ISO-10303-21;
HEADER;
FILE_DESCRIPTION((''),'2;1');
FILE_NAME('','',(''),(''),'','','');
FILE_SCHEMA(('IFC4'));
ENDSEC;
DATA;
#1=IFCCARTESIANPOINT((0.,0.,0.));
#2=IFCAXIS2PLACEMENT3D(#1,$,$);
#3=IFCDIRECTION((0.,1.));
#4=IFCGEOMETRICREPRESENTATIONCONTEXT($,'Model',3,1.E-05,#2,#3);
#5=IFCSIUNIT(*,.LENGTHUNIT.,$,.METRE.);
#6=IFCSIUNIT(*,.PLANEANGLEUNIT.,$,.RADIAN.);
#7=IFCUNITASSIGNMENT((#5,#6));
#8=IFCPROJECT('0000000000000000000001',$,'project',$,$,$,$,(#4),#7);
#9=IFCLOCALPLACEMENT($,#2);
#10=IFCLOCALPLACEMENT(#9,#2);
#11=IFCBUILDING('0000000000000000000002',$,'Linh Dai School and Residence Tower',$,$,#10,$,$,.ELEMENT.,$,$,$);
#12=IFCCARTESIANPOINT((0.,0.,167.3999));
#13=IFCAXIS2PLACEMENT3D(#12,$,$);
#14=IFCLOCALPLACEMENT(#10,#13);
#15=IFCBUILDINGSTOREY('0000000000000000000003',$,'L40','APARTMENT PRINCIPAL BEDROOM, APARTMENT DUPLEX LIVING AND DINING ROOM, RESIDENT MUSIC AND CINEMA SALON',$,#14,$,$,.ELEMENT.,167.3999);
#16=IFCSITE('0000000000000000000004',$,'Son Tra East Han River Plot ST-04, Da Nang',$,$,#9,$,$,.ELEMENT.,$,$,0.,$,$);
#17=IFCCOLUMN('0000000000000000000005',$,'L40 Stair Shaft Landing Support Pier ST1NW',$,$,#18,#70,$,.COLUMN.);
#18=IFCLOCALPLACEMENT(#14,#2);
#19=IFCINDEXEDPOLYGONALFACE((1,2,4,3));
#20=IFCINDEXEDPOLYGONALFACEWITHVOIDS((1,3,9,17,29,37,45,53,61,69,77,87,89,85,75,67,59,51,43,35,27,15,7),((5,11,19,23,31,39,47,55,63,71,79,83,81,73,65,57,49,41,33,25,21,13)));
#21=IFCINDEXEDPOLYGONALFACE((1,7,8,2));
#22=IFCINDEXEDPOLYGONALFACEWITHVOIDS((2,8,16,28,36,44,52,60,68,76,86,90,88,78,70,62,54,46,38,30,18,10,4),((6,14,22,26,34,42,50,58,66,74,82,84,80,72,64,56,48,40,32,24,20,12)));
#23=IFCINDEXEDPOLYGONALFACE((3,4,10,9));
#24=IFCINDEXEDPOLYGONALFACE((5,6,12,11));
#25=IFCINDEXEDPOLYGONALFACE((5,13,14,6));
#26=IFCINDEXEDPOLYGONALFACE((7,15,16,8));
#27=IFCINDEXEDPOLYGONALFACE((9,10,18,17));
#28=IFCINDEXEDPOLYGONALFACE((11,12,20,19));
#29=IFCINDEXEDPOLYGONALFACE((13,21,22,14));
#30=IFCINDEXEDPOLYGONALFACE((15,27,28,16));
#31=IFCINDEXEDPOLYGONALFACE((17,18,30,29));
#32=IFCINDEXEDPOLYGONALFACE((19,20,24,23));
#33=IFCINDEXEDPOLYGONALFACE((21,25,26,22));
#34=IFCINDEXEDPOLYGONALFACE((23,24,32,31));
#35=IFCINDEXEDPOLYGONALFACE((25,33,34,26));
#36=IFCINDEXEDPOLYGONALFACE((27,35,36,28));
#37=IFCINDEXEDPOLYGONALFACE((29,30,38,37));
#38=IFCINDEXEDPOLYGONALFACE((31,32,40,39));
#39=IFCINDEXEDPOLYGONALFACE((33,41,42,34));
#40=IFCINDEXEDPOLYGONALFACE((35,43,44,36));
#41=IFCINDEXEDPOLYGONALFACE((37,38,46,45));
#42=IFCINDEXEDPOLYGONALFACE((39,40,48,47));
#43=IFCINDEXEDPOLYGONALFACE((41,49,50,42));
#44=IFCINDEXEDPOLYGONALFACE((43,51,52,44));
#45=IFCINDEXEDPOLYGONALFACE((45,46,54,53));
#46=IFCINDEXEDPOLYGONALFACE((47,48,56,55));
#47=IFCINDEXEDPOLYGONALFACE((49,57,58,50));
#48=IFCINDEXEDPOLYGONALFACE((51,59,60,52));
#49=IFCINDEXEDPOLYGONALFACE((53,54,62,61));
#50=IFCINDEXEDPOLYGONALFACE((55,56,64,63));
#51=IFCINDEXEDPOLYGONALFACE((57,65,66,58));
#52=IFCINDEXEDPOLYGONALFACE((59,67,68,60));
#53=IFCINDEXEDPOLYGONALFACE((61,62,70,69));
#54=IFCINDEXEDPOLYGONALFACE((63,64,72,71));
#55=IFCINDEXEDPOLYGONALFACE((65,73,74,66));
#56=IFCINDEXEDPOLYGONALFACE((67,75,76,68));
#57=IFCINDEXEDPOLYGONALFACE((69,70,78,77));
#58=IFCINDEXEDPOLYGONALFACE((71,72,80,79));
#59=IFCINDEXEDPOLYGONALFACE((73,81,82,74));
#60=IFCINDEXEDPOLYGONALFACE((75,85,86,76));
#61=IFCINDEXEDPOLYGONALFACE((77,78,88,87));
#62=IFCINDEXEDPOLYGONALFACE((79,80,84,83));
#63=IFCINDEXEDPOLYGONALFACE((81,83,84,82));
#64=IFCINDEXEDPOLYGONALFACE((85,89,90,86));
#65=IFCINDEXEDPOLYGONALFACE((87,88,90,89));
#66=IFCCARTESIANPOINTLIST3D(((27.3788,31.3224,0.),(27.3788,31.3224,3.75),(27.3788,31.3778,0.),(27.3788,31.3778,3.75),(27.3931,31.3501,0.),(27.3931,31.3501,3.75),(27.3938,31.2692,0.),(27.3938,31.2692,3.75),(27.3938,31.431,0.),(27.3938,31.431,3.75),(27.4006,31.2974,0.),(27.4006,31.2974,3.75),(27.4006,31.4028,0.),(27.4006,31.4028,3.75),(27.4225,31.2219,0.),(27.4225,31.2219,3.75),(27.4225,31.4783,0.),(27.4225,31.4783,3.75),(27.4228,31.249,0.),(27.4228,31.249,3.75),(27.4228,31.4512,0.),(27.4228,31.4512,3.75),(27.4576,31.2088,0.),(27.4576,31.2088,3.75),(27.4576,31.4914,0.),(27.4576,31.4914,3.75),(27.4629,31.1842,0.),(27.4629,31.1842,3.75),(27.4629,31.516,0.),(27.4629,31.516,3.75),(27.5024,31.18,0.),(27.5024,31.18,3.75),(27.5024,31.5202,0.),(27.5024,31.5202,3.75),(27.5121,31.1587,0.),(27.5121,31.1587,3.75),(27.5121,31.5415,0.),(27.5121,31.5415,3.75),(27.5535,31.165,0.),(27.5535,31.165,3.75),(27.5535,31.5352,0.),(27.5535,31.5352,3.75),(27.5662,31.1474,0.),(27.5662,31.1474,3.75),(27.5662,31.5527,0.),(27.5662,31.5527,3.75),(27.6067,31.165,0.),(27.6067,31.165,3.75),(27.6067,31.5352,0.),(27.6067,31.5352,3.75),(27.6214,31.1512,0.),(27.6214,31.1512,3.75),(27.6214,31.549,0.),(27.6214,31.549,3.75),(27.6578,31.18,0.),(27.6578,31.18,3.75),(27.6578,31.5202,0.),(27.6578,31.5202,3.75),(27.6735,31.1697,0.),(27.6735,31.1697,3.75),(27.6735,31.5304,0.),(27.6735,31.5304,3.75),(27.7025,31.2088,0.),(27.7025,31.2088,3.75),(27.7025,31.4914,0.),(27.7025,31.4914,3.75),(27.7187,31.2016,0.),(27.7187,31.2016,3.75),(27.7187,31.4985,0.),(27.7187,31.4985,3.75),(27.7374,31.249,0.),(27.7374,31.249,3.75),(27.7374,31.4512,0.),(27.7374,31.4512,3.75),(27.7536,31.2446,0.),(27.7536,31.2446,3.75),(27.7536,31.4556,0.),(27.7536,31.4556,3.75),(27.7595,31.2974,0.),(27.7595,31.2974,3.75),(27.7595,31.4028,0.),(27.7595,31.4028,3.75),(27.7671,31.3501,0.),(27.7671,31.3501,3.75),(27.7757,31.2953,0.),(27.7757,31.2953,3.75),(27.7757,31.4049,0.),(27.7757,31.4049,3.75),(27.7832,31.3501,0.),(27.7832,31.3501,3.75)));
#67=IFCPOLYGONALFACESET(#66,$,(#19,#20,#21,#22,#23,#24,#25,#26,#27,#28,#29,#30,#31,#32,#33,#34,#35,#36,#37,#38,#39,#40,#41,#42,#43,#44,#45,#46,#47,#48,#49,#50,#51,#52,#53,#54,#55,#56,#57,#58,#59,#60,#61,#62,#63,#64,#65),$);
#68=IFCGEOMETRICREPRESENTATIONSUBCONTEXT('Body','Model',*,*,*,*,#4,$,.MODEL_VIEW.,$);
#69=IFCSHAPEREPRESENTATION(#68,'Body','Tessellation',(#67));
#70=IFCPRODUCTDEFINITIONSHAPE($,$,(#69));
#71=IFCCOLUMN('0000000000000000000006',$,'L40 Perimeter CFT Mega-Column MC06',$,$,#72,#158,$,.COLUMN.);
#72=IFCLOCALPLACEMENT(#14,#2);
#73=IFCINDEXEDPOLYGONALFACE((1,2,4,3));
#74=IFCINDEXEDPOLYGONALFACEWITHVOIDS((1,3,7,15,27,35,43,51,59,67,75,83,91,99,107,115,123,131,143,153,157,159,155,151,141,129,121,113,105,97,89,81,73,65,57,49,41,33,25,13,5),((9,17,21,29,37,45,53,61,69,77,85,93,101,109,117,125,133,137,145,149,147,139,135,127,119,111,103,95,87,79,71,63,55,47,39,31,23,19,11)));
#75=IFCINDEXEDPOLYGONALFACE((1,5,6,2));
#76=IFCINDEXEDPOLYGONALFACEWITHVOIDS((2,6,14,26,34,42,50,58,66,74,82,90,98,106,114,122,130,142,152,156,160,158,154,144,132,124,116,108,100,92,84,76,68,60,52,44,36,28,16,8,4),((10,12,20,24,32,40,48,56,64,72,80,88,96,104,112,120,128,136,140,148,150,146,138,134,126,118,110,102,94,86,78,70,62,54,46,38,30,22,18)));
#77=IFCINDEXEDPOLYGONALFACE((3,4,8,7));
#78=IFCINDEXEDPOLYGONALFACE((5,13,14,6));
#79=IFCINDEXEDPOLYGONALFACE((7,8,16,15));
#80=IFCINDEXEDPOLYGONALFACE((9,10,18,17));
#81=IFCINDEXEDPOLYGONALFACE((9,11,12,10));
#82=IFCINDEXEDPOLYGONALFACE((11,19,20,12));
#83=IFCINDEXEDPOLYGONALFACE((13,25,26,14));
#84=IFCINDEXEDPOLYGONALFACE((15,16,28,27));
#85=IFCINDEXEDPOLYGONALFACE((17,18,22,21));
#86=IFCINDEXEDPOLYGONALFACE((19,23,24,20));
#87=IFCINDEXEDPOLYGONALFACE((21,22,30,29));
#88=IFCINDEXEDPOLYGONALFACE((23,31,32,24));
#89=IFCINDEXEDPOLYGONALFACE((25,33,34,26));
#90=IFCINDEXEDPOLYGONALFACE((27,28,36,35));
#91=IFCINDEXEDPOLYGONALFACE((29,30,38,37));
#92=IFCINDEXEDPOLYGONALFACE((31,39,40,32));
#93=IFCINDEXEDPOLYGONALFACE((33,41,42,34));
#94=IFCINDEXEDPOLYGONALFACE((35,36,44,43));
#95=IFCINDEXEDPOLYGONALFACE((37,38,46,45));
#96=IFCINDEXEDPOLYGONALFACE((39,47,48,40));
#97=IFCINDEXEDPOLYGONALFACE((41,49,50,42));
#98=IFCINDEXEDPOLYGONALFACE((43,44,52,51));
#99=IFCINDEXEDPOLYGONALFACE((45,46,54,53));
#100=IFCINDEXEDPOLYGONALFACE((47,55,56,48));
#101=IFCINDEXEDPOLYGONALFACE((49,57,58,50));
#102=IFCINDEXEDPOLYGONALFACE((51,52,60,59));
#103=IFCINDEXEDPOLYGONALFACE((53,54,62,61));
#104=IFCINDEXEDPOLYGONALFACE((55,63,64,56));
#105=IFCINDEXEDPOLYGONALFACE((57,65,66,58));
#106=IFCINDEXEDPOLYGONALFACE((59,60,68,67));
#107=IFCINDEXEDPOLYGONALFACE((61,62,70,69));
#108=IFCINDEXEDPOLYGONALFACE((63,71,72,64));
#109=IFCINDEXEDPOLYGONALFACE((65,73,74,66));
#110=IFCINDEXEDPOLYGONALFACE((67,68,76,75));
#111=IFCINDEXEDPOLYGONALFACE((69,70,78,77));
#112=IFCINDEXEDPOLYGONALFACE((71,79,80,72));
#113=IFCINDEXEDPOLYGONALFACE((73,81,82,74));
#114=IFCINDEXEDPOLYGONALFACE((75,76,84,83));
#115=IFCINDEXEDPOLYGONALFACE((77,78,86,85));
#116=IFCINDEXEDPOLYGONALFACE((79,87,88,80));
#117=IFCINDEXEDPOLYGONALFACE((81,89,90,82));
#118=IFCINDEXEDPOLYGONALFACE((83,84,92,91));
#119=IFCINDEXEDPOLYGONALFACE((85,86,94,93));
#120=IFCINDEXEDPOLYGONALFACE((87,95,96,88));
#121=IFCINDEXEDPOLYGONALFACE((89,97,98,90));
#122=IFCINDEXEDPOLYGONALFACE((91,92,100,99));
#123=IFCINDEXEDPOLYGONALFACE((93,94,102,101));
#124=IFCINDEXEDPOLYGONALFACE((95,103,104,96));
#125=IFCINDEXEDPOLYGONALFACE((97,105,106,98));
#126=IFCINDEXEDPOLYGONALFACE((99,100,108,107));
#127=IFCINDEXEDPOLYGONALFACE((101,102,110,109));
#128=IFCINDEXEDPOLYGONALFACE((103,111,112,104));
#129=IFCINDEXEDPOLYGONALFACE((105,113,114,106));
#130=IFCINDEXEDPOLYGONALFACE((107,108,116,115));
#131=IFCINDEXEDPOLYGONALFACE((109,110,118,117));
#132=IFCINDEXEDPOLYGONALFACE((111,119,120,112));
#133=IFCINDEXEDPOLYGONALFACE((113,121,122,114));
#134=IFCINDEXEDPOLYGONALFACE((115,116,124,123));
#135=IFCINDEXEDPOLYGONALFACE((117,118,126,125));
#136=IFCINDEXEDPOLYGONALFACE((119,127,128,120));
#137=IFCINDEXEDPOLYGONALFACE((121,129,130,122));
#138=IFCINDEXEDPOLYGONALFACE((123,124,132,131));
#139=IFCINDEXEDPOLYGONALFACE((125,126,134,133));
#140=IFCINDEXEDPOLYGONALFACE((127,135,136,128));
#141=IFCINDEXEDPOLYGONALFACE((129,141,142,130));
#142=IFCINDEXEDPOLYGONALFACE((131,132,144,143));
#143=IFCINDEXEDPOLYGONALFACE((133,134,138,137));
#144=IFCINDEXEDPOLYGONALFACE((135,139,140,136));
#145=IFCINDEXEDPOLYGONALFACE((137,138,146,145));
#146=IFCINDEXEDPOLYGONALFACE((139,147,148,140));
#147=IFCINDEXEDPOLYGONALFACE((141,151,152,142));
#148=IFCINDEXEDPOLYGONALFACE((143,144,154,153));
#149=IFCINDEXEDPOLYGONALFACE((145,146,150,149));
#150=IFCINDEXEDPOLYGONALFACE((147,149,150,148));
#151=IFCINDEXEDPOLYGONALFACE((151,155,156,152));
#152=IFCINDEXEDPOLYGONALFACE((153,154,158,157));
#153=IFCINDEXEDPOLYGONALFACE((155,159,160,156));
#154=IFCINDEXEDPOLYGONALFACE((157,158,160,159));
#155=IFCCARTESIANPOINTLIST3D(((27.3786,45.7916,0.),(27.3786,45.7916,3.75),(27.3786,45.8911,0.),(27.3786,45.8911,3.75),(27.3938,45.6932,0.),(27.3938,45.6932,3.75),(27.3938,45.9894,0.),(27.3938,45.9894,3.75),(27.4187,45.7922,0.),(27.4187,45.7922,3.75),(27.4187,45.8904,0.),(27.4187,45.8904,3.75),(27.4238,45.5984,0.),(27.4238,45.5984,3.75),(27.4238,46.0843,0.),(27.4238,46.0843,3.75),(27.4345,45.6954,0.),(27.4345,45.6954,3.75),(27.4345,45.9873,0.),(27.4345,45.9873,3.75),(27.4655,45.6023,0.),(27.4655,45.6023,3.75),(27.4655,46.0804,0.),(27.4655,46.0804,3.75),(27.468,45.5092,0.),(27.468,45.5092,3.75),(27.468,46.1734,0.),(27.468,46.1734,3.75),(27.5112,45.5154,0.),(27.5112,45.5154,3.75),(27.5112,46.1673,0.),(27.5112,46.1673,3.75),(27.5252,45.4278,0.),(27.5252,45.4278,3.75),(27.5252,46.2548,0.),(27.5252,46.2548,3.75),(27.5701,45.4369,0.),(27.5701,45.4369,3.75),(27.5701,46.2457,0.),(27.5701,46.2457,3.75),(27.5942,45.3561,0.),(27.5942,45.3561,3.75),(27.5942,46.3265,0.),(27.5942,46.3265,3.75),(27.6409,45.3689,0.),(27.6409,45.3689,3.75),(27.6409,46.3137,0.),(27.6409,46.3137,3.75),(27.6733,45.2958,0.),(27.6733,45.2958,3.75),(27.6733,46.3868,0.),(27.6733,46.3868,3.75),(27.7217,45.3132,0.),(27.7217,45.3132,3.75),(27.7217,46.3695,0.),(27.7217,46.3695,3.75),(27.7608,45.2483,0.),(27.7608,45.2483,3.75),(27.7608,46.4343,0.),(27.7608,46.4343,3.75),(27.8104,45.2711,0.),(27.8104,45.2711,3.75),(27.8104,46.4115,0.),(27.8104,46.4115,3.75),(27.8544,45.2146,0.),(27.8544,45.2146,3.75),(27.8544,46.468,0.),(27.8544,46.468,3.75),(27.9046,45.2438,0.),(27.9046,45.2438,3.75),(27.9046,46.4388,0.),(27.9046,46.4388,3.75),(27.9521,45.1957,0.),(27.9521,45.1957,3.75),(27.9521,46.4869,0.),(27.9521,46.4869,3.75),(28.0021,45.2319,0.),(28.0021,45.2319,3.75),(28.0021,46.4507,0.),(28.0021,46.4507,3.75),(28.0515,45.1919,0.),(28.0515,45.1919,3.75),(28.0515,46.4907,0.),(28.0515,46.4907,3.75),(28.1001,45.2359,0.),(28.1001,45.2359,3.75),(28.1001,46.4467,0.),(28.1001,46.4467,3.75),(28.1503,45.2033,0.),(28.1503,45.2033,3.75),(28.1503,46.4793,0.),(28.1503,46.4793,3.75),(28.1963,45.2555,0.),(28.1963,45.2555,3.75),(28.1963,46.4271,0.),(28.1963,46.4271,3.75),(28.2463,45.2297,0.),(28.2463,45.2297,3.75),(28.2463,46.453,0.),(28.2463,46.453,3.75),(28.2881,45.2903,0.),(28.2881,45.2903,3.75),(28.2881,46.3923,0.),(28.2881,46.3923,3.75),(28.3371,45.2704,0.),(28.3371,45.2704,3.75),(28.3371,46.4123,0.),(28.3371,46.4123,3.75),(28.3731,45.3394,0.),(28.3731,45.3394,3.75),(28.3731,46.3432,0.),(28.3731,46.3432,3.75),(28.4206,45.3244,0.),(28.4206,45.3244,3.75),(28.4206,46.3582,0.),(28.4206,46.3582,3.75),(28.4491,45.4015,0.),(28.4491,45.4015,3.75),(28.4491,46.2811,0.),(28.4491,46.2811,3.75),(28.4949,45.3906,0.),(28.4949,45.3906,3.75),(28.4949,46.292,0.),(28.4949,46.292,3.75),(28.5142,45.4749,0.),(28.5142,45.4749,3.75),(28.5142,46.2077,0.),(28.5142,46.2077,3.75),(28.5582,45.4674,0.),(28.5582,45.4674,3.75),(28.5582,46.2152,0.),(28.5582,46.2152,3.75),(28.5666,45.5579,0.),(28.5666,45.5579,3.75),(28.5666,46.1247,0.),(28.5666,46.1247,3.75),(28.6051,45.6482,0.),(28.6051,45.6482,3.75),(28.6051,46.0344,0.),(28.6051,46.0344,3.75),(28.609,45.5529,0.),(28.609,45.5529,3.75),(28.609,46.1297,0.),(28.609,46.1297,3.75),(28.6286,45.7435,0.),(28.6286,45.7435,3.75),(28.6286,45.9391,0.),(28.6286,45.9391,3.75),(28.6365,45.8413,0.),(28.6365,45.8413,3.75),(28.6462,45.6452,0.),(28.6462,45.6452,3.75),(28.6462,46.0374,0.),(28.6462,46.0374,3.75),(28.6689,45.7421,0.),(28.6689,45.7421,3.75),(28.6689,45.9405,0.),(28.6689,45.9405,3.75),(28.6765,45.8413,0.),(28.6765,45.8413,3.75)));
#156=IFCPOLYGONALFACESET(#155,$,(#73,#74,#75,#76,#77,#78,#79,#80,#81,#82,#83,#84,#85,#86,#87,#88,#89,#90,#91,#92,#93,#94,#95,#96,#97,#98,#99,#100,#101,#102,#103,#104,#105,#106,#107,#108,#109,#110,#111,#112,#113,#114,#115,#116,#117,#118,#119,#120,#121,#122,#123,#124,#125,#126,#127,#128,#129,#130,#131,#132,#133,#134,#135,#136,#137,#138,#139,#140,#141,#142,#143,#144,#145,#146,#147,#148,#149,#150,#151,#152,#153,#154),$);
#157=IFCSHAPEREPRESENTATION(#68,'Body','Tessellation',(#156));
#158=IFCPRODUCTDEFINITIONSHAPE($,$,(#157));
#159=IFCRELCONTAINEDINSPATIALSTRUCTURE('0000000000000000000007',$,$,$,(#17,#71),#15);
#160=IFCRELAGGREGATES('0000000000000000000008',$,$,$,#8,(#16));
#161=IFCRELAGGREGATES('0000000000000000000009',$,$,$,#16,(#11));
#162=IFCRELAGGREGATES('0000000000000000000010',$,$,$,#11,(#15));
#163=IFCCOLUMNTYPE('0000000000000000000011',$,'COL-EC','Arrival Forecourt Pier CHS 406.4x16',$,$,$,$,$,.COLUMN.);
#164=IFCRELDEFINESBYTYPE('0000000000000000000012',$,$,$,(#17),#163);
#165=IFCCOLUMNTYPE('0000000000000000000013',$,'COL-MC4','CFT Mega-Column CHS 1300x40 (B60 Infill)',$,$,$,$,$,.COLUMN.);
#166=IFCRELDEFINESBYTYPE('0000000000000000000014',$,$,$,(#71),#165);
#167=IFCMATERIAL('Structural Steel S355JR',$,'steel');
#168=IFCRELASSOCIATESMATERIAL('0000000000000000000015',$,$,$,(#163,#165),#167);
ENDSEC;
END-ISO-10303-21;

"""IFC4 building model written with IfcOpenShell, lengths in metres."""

from ifc_helpers import new_model, si_unit, direction, frame, origin, origin_2d, place, context, subcontext, project, spatial, hollow_circle, extrude, material, material_profile, profile_set, type_object, element, save


model = new_model("IFC4")

# Units and contexts
model_context = context("Model", 3, precision=1e-05, world=origin(), true_north=direction((0.0, 1.0)))
body_context = subcontext(model_context, "Body", "Model", "MODEL_VIEW")
ifc_project = project(units=[si_unit("LENGTHUNIT", "METRE"), si_unit("PLANEANGLEUNIT", "RADIAN")], contexts=[model_context])

# Site, building, storey
site_placement = place(None, origin())
site = spatial("IfcSite", under=ifc_project, at=site_placement, Name="Son Tra East Han River Plot ST-04, Da Nang", CompositionType="ELEMENT", RefElevation=0.0)
building_placement = place(site_placement, origin())
building = spatial("IfcBuilding", under=site, at=building_placement, Name="Linh Dai School and Residence Tower", CompositionType="ELEMENT")
storey_placement = place(building_placement, frame((0.0, 0.0, 167.3999)))
storey = spatial("IfcBuildingStorey", under=building, at=storey_placement, Name="L40", Description="APARTMENT PRINCIPAL BEDROOM, APARTMENT DUPLEX LIVING AND DINING ROOM, RESIDENT MUSIC AND CINEMA SALON", CompositionType="ELEMENT", Elevation=167.3999)

# Columns
ifc_material_1 = material(Name="Structural Steel S355JR", Category="steel")
ifc_material_profile_1 = material_profile(ifc_material_1, hollow_circle(Radius=0.2031, WallThickness=0.0161, at=origin_2d()), Name="CHS 406.4x16")
ifc_profile_set_1 = profile_set([ifc_material_profile_1], Name="Structural Steel S355JR")
column_type_1 = type_object("IfcColumnType", Name="COL-EC", Description="Arrival Forecourt Pier CHS 406.4x16", PredefinedType="COLUMN", material=ifc_profile_set_1)
column_1_placement = place(storey_placement, frame((27.5801, 31.3501, 0.0), z_axis=(0.0, 0.0, 1.0), x_axis=(1.0, 0.0, 0.0)))
element("IfcColumn", 1, at=column_1_placement, inside=storey, type_object=column_type_1, Name="L40 Stair Shaft Landing Support Pier ST1NW", PredefinedType="COLUMN", context=body_context, shape_type="SweptSolid", body=[
    extrude(hollow_circle(Radius=0.2031, WallThickness=0.0161, at=origin_2d()), origin(), (0.0, 0.0, 1.0), 3.75),
])
ifc_material_profile_2 = material_profile(ifc_material_1, hollow_circle(Radius=0.6499, WallThickness=0.04, at=origin_2d()), Name="CHS 1300x40")
ifc_profile_set_2 = profile_set([ifc_material_profile_2], Name="Structural Steel S355JR")
column_type_2 = type_object("IfcColumnType", Name="COL-MC4", Description="CFT Mega-Column CHS 1300x40 (B60 Infill)", PredefinedType="COLUMN", material=ifc_profile_set_2)
column_2_placement = place(storey_placement, frame((28.0266, 45.8413, 0.0), z_axis=(0.0, 0.0, 1.0), x_axis=(1.0, 0.0, 0.0)))
element("IfcColumn", 2, at=column_2_placement, inside=storey, type_object=column_type_2, Name="L40 Perimeter CFT Mega-Column MC06", PredefinedType="COLUMN", context=body_context, shape_type="SweptSolid", body=[
    extrude(hollow_circle(Radius=0.6499, WallThickness=0.04, at=origin_2d()), origin(), (0.0, 0.0, 1.0), 3.75),
])

save(model, "model.ifc")
